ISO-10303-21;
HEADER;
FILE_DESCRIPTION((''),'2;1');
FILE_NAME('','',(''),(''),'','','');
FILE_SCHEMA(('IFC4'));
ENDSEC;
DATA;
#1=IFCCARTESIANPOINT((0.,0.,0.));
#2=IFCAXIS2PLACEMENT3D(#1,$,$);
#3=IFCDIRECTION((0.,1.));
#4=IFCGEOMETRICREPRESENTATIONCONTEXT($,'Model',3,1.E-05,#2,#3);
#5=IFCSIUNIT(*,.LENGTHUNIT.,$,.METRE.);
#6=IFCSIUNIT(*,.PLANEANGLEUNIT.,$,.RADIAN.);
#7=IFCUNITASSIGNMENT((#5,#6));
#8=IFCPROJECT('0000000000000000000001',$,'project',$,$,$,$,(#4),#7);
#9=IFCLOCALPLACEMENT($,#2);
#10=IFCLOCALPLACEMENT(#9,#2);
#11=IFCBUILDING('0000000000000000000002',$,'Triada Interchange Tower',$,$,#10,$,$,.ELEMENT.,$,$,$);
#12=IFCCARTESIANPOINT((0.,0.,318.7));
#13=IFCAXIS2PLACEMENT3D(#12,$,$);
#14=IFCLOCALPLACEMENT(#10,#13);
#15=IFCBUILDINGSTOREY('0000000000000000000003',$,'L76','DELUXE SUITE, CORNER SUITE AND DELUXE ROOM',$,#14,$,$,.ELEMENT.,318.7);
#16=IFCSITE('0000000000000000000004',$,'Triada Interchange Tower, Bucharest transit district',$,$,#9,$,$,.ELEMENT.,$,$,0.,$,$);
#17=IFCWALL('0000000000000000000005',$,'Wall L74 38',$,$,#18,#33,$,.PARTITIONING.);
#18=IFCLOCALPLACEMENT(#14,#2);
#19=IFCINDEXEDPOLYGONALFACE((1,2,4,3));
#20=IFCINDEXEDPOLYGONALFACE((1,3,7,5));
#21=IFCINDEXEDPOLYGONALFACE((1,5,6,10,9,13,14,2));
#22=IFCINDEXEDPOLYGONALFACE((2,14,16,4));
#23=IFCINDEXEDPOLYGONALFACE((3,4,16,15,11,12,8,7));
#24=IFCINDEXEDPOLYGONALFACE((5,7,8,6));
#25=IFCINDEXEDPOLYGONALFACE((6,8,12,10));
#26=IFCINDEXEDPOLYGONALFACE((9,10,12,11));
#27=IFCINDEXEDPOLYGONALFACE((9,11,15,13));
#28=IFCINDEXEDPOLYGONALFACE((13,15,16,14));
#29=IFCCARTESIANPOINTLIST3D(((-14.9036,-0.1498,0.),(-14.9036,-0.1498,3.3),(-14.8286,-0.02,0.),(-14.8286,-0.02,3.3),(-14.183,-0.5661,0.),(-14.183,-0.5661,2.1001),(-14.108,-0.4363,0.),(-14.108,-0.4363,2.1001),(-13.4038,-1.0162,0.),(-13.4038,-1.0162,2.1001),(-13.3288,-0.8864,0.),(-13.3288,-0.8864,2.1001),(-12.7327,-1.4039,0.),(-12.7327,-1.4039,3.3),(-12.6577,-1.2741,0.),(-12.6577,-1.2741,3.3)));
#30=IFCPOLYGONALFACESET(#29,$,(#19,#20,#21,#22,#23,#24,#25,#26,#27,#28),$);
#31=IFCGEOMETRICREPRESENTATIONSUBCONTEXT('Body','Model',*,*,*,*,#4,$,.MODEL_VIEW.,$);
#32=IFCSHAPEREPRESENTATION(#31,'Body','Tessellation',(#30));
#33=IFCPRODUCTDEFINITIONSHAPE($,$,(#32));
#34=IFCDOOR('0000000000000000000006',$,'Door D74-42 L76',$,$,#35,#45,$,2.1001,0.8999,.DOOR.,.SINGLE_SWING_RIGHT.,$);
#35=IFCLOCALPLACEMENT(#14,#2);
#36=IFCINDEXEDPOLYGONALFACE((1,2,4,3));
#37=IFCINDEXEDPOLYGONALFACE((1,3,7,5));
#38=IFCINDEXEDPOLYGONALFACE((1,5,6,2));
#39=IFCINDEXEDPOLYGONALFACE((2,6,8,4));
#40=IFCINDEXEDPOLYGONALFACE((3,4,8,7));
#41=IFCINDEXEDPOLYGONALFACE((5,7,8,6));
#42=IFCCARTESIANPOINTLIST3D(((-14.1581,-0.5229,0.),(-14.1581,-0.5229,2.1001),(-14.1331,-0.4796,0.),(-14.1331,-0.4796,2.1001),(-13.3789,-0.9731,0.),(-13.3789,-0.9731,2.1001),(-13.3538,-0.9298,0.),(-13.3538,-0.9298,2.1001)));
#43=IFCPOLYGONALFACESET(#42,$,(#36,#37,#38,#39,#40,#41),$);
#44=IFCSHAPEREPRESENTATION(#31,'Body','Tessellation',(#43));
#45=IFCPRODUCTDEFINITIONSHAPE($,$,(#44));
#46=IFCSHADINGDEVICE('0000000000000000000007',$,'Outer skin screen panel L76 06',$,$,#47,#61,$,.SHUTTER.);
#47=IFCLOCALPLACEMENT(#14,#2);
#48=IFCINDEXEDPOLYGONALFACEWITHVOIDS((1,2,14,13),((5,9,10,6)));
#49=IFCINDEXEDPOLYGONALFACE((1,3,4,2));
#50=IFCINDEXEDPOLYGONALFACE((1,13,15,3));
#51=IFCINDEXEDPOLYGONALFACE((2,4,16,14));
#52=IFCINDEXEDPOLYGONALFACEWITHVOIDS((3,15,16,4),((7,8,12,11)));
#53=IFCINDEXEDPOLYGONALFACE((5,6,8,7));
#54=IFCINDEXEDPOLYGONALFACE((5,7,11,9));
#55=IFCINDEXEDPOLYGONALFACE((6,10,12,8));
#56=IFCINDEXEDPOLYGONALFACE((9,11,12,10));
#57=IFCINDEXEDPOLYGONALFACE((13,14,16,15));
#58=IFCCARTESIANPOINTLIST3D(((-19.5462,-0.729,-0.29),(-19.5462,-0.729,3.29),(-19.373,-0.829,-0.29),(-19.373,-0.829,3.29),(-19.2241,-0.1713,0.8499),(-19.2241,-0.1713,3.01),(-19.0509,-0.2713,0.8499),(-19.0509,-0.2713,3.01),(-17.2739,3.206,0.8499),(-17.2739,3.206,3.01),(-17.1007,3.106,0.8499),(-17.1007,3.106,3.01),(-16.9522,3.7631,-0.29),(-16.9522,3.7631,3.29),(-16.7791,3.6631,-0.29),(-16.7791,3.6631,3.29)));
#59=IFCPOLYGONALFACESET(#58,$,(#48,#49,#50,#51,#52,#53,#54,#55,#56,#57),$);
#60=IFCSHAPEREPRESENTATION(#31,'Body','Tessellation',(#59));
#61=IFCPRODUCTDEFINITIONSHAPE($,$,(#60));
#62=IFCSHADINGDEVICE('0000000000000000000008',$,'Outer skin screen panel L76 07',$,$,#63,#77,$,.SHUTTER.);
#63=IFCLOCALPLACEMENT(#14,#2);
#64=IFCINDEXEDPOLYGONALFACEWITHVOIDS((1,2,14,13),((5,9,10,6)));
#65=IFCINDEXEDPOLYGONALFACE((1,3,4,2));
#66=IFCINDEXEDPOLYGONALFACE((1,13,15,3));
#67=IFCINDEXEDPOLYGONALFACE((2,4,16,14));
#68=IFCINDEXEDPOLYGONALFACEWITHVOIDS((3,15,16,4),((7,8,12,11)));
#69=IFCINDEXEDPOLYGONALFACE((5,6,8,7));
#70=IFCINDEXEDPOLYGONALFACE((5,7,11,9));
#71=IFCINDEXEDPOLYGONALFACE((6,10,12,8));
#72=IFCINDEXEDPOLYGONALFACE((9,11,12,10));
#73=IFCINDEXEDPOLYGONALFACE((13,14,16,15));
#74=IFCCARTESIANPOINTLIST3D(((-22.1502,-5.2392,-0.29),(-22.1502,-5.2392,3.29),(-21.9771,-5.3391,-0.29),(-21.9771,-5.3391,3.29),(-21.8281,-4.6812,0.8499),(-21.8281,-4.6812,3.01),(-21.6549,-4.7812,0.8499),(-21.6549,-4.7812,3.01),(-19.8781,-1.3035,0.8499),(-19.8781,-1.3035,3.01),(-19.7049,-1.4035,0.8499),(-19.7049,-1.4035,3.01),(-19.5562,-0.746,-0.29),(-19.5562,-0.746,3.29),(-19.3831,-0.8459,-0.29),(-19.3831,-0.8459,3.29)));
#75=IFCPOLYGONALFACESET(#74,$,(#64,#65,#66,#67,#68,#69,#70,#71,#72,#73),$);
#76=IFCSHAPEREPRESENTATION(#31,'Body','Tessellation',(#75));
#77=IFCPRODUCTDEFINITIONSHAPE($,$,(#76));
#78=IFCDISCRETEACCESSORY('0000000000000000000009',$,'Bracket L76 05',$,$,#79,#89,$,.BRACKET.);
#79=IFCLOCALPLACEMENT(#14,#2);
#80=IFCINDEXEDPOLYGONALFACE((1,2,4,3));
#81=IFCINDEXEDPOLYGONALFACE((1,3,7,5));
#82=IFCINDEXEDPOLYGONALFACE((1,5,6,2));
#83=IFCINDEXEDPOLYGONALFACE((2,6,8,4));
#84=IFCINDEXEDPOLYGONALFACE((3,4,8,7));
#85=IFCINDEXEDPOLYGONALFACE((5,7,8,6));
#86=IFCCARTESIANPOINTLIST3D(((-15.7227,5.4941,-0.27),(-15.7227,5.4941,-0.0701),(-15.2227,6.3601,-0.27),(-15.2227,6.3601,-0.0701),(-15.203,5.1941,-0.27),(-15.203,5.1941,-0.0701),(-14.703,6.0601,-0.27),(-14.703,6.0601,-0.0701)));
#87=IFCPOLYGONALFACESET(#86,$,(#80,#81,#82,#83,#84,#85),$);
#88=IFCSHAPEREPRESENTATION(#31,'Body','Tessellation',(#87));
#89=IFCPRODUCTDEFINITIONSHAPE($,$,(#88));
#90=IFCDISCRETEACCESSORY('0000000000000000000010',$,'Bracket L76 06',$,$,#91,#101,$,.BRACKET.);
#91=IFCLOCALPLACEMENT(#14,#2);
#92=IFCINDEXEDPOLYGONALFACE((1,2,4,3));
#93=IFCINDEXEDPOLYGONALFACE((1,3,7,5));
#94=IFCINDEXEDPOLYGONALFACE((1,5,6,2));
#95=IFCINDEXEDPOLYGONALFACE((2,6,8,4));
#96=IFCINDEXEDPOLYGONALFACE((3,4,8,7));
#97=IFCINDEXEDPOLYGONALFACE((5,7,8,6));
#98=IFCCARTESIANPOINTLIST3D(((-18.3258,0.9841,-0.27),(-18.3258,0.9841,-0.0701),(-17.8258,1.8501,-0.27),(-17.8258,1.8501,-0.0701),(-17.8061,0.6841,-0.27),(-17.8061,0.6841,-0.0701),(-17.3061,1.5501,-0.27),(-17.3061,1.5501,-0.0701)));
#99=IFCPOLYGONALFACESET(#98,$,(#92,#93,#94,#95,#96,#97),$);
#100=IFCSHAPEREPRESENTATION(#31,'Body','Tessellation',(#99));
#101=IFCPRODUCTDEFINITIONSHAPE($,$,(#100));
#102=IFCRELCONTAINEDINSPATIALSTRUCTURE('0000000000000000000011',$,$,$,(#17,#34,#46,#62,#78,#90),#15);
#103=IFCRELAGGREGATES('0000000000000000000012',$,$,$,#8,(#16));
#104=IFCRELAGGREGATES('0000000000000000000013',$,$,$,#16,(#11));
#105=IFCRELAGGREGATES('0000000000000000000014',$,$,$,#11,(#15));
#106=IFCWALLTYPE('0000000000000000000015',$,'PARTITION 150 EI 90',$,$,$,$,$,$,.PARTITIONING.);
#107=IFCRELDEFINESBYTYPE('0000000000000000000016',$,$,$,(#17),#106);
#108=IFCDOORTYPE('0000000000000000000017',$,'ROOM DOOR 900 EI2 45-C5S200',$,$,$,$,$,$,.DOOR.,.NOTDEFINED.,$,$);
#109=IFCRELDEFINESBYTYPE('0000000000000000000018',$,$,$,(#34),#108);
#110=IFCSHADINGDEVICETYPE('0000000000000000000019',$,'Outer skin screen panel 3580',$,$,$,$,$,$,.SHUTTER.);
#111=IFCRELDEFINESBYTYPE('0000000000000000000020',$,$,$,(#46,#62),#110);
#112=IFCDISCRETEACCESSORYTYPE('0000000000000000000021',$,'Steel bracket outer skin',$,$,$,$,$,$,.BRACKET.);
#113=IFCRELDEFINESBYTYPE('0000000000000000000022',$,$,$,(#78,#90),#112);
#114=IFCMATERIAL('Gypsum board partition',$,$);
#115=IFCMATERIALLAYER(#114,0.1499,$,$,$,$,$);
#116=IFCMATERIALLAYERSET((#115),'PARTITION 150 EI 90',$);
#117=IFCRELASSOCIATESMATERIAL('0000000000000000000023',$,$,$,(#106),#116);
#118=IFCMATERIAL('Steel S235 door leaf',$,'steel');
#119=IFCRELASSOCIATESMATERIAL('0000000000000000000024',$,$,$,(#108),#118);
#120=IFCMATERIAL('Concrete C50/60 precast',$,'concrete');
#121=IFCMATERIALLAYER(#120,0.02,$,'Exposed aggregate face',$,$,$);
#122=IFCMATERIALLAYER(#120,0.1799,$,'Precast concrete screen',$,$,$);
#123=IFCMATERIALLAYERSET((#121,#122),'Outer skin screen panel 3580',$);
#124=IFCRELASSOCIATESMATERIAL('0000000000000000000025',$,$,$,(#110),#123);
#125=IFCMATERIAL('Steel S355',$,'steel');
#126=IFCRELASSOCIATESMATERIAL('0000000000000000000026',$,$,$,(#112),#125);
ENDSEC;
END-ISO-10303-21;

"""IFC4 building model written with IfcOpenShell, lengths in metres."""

from ifc_helpers import new_model, si_unit, direction, frame, frame_2d, origin, origin_2d, place, context, subcontext, project, spatial, polyline, rectangle, outline, extrude, material, layer, layer_set, type_object, element, fill, save


model = new_model("IFC4")

# Units and contexts
model_context = context("Model", 3, precision=1e-05, world=origin(), true_north=direction((0.0, 1.0)))
body_context = subcontext(model_context, "Body", "Model", "MODEL_VIEW")
ifc_project = project(units=[si_unit("LENGTHUNIT", "METRE"), si_unit("PLANEANGLEUNIT", "RADIAN")], contexts=[model_context])

# Site, building, storey
site_placement = place(None, origin())
site = spatial("IfcSite", under=ifc_project, at=site_placement, Name="Triada Interchange Tower, Bucharest transit district", CompositionType="ELEMENT", RefElevation=0.0)
building_placement = place(site_placement, origin())
building = spatial("IfcBuilding", under=site, at=building_placement, Name="Triada Interchange Tower", CompositionType="ELEMENT")
storey_placement = place(building_placement, frame((0.0, 0.0, 318.7)))
storey = spatial("IfcBuildingStorey", under=building, at=storey_placement, Name="L76", Description="DELUXE SUITE, CORNER SUITE AND DELUXE ROOM", CompositionType="ELEMENT", Elevation=318.7)

# Shared definitions
ifc_material_1 = material(Name="Gypsum board partition")
ifc_layer_1 = layer(ifc_material_1, 0.1499)
ifc_layer_set_1 = layer_set([ifc_layer_1], Name="PARTITION 150 EI 90")
wall_type_1 = type_object("IfcWallType", Name="PARTITION 150 EI 90", PredefinedType="PARTITIONING", material=ifc_layer_set_1)

# Wall, opening, door
wall_1_placement = place(storey_placement, frame((-14.866, -0.085, 0.0), z_axis=(0.0, 0.0, 1.0), x_axis=(0.86589, -0.500234, 0.0)))
wall_1 = element("IfcWall", 1, at=wall_1_placement, inside=storey, type_object=wall_type_1, Name="Wall L74 38", PredefinedType="PARTITIONING", context=body_context, shape_type="SweptSolid", body=[
    extrude(rectangle(XDim=2.5071, YDim=0.1499, at=frame_2d((1.2534, 0.0))), origin(), (0.0, 0.0, 1.0), 3.3),
])
opening_placement = place(wall_1_placement, frame((0.832, 0.0, 0.0)))
opening = element("IfcOpeningElement", 2, at=opening_placement, cuts=wall_1, PredefinedType="OPENING", context=body_context, shape_type="SweptSolid", body=[
    extrude(rectangle(XDim=0.8999, YDim=2.1001, at=frame_2d((0.45, 1.05))), frame((0.0, 0.085, 0.0), z_axis=(0.0, -1.0, 0.0), x_axis=(1.0, 0.0, 0.0)), (0.0, 0.0, 1.0), 0.1699),
])
ifc_material_2 = material(Name="Steel S235 door leaf", Category="steel")
door_type = type_object("IfcDoorType", Name="ROOM DOOR 900 EI2 45-C5S200", OperationType="NOTDEFINED", PredefinedType="DOOR", material=ifc_material_2)
door_placement = place(opening_placement, origin())
door = element("IfcDoor", 3, at=door_placement, inside=storey, type_object=door_type, Name="Door D74-42 L76", OperationType="SINGLE_SWING_RIGHT", OverallHeight=2.1001, OverallWidth=0.8999, PredefinedType="DOOR", context=body_context, shape_type="SweptSolid", body=[
    extrude(rectangle(XDim=0.8999, YDim=2.1001, at=frame_2d((0.45, 1.05))), frame((0.0, 0.0249, 0.0), z_axis=(0.0, -1.0, 0.0), x_axis=(1.0, 0.0, 0.0)), (0.0, 0.0, 1.0), 0.05),
])
fill(opening, door)

# Shading devices
ifc_material_3 = material(Name="Concrete C50/60 precast", Category="concrete")
ifc_layer_2 = layer(ifc_material_3, 0.02, Name="Exposed aggregate face")
ifc_layer_3 = layer(ifc_material_3, 0.1799, Name="Precast concrete screen")
ifc_layer_set_2 = layer_set([ifc_layer_2, ifc_layer_3], Name="Outer skin screen panel 3580")
shading_device_type = type_object("IfcShadingDeviceType", Name="Outer skin screen panel 3580", PredefinedType="SHUTTER", material=ifc_layer_set_2)
shading_device_1_placement = place(storey_placement, frame((-16.7791, 3.6631, -0.29), z_axis=(0.0, 0.0, 1.0), x_axis=(-0.500062, -0.86599, 0.0)))
element("IfcShadingDevice", 4, at=shading_device_1_placement, inside=storey, type_object=shading_device_type, Name="Outer skin screen panel L76 06", PredefinedType="SHUTTER", context=body_context, shape_type="SweptSolid", body=[
    extrude(outline(polyline([(0.0, 0.0), (5.1873, 0.0), (5.1873, 3.5801), (0.0, 3.5801), (0.0, 0.0)]), holes=[polyline([(0.6433, 1.1399), (0.6433, 3.3), (4.5432, 3.3), (4.5432, 1.1399), (0.6433, 1.1399)])]), frame((0.0, 0.0, 0.0), z_axis=(0.0, -1.0, 0.0), x_axis=(1.0, 0.0, 0.0)), (0.0, 0.0, 1.0), 0.2),
])
shading_device_2_placement = place(storey_placement, frame((-19.3831, -0.8459, -0.29), z_axis=(0.0, 0.0, 1.0), x_axis=(-0.49998, -0.866037, 0.0)))
element("IfcShadingDevice", 5, at=shading_device_2_placement, inside=storey, type_object=shading_device_type, Name="Outer skin screen panel L76 07", PredefinedType="SHUTTER", context=body_context, shape_type="SweptSolid", body=[
    extrude(outline(polyline([(0.0, 0.0), (5.1882, 0.0), (5.1882, 3.5801), (0.0, 3.5801), (0.0, 0.0)]), holes=[polyline([(0.6438, 1.1399), (0.6438, 3.3), (4.5439, 3.3), (4.5439, 1.1399), (0.6438, 1.1399)])]), frame((0.0, 0.0, 0.0), z_axis=(0.0, -1.0, 0.0), x_axis=(1.0, 0.0, 0.0)), (0.0, 0.0, 1.0), 0.2),
])

# Discrete accessories
ifc_material_4 = material(Name="Steel S355", Category="steel")
discrete_accessory_type = type_object("IfcDiscreteAccessoryType", Name="Steel bracket outer skin", PredefinedType="BRACKET", material=ifc_material_4)
for number, where, z_axis, x_axis, name in (
    (6, (-15.2129, 5.7771, -0.27), (0.0, 0.0, 1.0), (-0.866025, 0.500001, 0.0), "Bracket L76 05"),
    (7, (-17.8159, 1.2671, -0.27), (0.0, 0.0, 1.0), (-0.866025, 0.500001, 0.0), "Bracket L76 06"),
):
    element("IfcDiscreteAccessory", number, at=place(storey_placement, frame(where, z_axis=z_axis, x_axis=x_axis)), inside=storey, type_object=discrete_accessory_type, Name=name, PredefinedType="BRACKET", context=body_context, shape_type="SweptSolid", body=[
        extrude(rectangle(XDim=0.6001, YDim=1.0, at=origin_2d()), origin(), (0.0, 0.0, 1.0), 0.2),
    ])

save(model, "model.ifc")
